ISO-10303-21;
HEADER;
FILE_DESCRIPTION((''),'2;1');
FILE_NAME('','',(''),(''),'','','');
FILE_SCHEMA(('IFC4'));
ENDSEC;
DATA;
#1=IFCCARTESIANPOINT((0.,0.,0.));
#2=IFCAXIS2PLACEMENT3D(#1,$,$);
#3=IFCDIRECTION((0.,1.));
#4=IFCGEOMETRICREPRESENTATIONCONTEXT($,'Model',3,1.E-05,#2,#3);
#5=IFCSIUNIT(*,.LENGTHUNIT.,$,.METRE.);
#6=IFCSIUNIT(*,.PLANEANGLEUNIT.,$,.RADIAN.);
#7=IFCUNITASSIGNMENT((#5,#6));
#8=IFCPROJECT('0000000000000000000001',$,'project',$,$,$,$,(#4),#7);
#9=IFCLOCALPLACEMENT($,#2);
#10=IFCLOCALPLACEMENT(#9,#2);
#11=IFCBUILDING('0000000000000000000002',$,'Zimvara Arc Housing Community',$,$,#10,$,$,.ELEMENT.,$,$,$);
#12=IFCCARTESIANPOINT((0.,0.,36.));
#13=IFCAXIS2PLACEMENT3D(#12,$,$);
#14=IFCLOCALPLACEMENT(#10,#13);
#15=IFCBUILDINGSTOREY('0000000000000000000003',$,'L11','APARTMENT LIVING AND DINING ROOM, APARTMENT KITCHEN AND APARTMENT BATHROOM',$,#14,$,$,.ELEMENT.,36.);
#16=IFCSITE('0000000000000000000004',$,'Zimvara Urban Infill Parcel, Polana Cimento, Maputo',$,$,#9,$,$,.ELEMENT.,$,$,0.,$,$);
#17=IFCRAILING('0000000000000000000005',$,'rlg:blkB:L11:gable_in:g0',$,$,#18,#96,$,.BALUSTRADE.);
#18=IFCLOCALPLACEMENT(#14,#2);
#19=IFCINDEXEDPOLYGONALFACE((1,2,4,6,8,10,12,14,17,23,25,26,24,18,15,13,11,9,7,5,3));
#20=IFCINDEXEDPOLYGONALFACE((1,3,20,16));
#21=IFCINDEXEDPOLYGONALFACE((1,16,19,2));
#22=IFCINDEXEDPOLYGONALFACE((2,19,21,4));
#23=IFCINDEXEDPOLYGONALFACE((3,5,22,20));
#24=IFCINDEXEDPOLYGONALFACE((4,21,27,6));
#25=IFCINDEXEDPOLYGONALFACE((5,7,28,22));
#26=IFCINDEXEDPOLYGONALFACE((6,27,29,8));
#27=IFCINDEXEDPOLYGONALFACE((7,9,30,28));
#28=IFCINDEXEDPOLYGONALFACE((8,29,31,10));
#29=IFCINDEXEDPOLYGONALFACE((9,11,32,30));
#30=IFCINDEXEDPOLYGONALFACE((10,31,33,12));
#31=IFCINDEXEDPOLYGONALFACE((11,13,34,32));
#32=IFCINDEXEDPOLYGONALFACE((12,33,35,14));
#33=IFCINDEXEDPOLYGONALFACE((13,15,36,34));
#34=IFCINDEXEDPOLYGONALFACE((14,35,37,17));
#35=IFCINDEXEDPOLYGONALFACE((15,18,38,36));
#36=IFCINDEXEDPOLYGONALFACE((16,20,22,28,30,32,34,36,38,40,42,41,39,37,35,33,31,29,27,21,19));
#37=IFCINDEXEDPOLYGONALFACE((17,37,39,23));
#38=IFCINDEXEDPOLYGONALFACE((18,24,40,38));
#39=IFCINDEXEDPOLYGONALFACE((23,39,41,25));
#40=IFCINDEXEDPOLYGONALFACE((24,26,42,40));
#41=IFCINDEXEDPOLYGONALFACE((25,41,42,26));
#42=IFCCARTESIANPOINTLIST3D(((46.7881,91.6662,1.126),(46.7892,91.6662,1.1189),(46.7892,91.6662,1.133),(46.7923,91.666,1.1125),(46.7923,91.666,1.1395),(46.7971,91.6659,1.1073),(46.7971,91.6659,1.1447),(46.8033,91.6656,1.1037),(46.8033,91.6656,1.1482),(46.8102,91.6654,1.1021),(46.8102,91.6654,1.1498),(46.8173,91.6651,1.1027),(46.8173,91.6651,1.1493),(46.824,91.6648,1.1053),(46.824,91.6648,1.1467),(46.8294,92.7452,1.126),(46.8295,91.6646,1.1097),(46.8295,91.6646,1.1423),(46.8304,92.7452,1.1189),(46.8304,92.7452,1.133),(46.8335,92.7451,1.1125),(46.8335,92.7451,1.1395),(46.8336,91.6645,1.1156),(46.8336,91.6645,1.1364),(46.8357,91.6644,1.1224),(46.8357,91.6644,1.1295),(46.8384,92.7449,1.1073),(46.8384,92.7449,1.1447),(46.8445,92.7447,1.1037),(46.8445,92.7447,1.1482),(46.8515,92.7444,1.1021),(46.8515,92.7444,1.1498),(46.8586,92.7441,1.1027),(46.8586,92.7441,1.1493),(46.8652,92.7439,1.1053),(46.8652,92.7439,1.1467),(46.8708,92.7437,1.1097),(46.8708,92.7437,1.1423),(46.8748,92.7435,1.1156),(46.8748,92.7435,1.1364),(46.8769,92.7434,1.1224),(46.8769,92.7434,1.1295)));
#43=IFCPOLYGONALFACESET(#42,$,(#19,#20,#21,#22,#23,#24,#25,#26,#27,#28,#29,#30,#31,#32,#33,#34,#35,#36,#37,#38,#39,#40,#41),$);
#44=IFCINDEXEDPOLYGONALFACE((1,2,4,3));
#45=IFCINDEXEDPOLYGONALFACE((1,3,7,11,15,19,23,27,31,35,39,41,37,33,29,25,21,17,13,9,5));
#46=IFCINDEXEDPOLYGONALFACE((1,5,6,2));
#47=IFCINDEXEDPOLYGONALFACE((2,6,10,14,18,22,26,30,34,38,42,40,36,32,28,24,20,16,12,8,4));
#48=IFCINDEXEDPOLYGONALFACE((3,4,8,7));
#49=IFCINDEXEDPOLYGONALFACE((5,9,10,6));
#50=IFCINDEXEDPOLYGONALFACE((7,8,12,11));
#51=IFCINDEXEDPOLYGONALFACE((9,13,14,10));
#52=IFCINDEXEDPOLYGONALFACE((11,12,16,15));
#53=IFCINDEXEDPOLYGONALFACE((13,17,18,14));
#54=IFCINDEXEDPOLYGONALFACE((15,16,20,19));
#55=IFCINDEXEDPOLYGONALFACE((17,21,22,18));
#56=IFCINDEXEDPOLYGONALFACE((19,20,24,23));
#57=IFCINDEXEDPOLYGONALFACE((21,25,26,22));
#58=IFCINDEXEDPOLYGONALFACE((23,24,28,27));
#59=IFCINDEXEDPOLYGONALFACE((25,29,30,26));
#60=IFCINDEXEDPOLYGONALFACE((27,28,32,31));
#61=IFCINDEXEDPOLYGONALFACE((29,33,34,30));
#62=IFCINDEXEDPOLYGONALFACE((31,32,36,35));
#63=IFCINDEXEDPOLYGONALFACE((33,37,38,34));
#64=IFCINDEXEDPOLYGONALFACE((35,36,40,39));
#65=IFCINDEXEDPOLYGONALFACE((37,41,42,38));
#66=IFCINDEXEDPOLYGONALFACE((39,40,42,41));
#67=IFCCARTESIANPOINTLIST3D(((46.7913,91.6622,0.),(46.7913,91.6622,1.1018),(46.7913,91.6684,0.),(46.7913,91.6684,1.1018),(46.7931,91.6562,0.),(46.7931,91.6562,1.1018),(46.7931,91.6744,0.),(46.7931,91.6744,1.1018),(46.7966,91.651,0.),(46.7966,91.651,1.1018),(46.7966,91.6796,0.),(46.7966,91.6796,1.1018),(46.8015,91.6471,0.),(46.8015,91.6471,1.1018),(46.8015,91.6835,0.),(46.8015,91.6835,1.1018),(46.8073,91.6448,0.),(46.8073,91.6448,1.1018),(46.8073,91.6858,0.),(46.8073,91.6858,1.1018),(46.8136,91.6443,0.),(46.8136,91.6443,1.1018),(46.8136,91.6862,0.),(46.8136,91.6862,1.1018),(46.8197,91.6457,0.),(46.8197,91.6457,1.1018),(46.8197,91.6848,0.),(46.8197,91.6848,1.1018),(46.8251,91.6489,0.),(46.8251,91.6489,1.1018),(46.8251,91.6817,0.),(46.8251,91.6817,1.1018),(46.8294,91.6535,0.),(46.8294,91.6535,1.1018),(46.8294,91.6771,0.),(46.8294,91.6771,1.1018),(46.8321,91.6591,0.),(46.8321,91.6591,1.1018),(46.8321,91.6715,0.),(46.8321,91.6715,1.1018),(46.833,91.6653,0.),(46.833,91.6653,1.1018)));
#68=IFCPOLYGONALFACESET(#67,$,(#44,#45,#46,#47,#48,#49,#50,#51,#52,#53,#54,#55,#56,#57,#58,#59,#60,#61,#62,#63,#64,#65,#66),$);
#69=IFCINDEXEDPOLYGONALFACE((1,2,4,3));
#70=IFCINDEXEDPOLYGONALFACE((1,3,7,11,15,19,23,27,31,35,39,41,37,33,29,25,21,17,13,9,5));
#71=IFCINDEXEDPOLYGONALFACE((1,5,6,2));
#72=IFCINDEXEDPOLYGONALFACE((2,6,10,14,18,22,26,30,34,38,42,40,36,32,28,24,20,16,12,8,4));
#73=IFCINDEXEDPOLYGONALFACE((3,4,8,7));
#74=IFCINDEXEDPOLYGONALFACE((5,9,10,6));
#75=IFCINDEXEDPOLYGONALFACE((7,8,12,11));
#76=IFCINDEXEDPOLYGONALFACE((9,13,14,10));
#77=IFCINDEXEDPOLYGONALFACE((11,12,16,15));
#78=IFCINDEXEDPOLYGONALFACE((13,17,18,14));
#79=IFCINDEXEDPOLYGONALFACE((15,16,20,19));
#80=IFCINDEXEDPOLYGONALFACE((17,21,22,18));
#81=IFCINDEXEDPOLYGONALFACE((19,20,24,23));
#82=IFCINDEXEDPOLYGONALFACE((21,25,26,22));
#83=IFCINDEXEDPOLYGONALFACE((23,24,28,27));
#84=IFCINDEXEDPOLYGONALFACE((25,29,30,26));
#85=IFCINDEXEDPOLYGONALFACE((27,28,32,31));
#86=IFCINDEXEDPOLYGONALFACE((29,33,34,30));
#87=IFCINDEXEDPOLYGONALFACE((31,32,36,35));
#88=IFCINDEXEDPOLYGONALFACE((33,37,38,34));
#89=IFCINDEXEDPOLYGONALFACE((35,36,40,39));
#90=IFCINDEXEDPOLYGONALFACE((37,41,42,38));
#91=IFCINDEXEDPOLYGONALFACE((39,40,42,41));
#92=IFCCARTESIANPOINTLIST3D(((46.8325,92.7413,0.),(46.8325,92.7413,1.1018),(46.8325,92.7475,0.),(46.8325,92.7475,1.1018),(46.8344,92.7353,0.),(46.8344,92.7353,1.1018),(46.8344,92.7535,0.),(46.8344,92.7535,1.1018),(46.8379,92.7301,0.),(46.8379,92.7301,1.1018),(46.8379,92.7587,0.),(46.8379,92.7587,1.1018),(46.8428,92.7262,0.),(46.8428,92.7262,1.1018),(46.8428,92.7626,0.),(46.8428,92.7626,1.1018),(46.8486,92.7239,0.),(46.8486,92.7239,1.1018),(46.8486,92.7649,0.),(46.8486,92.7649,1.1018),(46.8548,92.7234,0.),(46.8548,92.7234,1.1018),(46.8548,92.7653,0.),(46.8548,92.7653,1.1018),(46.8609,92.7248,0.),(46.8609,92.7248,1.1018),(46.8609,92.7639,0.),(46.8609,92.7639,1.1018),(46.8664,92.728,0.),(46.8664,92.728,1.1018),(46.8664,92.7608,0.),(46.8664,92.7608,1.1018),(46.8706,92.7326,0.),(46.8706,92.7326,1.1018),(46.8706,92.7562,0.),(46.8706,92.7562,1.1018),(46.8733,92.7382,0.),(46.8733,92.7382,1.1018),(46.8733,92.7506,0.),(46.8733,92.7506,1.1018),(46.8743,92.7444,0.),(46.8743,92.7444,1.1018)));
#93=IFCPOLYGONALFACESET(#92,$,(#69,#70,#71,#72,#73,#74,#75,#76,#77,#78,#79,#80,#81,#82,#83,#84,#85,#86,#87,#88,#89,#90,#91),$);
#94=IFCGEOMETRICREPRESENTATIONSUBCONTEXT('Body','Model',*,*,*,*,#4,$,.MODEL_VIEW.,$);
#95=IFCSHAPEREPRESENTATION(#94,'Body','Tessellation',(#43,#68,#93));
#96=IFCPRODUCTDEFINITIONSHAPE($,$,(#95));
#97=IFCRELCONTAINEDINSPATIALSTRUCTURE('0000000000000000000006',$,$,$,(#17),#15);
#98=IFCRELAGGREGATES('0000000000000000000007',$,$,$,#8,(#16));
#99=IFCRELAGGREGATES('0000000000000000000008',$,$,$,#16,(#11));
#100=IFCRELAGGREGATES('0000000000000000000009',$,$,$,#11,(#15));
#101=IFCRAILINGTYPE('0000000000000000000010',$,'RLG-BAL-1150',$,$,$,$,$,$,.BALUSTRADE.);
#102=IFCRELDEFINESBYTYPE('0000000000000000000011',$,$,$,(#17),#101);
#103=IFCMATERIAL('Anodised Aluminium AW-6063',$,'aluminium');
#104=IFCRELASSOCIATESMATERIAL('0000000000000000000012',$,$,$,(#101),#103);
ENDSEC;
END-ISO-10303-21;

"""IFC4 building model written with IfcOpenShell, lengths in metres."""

from ifc_helpers import new_model, si_unit, direction, frame, origin, origin_2d, place, context, subcontext, project, spatial, circle, extrude, material, type_object, element, save


model = new_model("IFC4")

# Units and contexts
model_context = context("Model", 3, precision=1e-05, world=origin(), true_north=direction((0.0, 1.0)))
body_context = subcontext(model_context, "Body", "Model", "MODEL_VIEW")
ifc_project = project(units=[si_unit("LENGTHUNIT", "METRE"), si_unit("PLANEANGLEUNIT", "RADIAN")], contexts=[model_context])

# Site, building, storey
site_placement = place(None, origin())
site = spatial("IfcSite", under=ifc_project, at=site_placement, Name="Zimvara Urban Infill Parcel, Polana Cimento, Maputo", CompositionType="ELEMENT", RefElevation=0.0)
building_placement = place(site_placement, origin())
building = spatial("IfcBuilding", under=site, at=building_placement, Name="Zimvara Arc Housing Community", CompositionType="ELEMENT")
storey_placement = place(building_placement, frame((0.0, 0.0, 36.0)))
storey = spatial("IfcBuildingStorey", under=building, at=storey_placement, Name="L11", Description="APARTMENT LIVING AND DINING ROOM, APARTMENT KITCHEN AND APARTMENT BATHROOM", CompositionType="ELEMENT", Elevation=36.0)

# Railing
ifc_material_1 = material(Name="Anodised Aluminium AW-6063", Category="aluminium")
railing_type_1 = type_object("IfcRailingType", Name="RLG-BAL-1150", PredefinedType="BALUSTRADE", material=ifc_material_1)
railing_1_placement = place(storey_placement, frame((46.812, 91.6653, 0.0)))
element("IfcRailing", 1, at=railing_1_placement, inside=storey, type_object=railing_type_1, Name="rlg:blkB:L11:gable_in:g0", PredefinedType="BALUSTRADE", context=body_context, shape_type="SweptSolid", body=[
    extrude(circle(Radius=0.0239, at=origin_2d()), frame((0.0, 0.0, 1.126), z_axis=(0.038207, 0.99927, 0.0), x_axis=(-0.99927, 0.038207, 0.0)), (0.0, 0.0, 1.0), 1.0798),
    extrude(circle(Radius=0.021, at=origin_2d()), origin(), (0.0, 0.0, 1.0), 1.1018),
    extrude(circle(Radius=0.021, at=origin_2d()), frame((0.0413, 1.0791, 0.0)), (0.0, 0.0, 1.0), 1.1018),
])

save(model, "model.ifc")
